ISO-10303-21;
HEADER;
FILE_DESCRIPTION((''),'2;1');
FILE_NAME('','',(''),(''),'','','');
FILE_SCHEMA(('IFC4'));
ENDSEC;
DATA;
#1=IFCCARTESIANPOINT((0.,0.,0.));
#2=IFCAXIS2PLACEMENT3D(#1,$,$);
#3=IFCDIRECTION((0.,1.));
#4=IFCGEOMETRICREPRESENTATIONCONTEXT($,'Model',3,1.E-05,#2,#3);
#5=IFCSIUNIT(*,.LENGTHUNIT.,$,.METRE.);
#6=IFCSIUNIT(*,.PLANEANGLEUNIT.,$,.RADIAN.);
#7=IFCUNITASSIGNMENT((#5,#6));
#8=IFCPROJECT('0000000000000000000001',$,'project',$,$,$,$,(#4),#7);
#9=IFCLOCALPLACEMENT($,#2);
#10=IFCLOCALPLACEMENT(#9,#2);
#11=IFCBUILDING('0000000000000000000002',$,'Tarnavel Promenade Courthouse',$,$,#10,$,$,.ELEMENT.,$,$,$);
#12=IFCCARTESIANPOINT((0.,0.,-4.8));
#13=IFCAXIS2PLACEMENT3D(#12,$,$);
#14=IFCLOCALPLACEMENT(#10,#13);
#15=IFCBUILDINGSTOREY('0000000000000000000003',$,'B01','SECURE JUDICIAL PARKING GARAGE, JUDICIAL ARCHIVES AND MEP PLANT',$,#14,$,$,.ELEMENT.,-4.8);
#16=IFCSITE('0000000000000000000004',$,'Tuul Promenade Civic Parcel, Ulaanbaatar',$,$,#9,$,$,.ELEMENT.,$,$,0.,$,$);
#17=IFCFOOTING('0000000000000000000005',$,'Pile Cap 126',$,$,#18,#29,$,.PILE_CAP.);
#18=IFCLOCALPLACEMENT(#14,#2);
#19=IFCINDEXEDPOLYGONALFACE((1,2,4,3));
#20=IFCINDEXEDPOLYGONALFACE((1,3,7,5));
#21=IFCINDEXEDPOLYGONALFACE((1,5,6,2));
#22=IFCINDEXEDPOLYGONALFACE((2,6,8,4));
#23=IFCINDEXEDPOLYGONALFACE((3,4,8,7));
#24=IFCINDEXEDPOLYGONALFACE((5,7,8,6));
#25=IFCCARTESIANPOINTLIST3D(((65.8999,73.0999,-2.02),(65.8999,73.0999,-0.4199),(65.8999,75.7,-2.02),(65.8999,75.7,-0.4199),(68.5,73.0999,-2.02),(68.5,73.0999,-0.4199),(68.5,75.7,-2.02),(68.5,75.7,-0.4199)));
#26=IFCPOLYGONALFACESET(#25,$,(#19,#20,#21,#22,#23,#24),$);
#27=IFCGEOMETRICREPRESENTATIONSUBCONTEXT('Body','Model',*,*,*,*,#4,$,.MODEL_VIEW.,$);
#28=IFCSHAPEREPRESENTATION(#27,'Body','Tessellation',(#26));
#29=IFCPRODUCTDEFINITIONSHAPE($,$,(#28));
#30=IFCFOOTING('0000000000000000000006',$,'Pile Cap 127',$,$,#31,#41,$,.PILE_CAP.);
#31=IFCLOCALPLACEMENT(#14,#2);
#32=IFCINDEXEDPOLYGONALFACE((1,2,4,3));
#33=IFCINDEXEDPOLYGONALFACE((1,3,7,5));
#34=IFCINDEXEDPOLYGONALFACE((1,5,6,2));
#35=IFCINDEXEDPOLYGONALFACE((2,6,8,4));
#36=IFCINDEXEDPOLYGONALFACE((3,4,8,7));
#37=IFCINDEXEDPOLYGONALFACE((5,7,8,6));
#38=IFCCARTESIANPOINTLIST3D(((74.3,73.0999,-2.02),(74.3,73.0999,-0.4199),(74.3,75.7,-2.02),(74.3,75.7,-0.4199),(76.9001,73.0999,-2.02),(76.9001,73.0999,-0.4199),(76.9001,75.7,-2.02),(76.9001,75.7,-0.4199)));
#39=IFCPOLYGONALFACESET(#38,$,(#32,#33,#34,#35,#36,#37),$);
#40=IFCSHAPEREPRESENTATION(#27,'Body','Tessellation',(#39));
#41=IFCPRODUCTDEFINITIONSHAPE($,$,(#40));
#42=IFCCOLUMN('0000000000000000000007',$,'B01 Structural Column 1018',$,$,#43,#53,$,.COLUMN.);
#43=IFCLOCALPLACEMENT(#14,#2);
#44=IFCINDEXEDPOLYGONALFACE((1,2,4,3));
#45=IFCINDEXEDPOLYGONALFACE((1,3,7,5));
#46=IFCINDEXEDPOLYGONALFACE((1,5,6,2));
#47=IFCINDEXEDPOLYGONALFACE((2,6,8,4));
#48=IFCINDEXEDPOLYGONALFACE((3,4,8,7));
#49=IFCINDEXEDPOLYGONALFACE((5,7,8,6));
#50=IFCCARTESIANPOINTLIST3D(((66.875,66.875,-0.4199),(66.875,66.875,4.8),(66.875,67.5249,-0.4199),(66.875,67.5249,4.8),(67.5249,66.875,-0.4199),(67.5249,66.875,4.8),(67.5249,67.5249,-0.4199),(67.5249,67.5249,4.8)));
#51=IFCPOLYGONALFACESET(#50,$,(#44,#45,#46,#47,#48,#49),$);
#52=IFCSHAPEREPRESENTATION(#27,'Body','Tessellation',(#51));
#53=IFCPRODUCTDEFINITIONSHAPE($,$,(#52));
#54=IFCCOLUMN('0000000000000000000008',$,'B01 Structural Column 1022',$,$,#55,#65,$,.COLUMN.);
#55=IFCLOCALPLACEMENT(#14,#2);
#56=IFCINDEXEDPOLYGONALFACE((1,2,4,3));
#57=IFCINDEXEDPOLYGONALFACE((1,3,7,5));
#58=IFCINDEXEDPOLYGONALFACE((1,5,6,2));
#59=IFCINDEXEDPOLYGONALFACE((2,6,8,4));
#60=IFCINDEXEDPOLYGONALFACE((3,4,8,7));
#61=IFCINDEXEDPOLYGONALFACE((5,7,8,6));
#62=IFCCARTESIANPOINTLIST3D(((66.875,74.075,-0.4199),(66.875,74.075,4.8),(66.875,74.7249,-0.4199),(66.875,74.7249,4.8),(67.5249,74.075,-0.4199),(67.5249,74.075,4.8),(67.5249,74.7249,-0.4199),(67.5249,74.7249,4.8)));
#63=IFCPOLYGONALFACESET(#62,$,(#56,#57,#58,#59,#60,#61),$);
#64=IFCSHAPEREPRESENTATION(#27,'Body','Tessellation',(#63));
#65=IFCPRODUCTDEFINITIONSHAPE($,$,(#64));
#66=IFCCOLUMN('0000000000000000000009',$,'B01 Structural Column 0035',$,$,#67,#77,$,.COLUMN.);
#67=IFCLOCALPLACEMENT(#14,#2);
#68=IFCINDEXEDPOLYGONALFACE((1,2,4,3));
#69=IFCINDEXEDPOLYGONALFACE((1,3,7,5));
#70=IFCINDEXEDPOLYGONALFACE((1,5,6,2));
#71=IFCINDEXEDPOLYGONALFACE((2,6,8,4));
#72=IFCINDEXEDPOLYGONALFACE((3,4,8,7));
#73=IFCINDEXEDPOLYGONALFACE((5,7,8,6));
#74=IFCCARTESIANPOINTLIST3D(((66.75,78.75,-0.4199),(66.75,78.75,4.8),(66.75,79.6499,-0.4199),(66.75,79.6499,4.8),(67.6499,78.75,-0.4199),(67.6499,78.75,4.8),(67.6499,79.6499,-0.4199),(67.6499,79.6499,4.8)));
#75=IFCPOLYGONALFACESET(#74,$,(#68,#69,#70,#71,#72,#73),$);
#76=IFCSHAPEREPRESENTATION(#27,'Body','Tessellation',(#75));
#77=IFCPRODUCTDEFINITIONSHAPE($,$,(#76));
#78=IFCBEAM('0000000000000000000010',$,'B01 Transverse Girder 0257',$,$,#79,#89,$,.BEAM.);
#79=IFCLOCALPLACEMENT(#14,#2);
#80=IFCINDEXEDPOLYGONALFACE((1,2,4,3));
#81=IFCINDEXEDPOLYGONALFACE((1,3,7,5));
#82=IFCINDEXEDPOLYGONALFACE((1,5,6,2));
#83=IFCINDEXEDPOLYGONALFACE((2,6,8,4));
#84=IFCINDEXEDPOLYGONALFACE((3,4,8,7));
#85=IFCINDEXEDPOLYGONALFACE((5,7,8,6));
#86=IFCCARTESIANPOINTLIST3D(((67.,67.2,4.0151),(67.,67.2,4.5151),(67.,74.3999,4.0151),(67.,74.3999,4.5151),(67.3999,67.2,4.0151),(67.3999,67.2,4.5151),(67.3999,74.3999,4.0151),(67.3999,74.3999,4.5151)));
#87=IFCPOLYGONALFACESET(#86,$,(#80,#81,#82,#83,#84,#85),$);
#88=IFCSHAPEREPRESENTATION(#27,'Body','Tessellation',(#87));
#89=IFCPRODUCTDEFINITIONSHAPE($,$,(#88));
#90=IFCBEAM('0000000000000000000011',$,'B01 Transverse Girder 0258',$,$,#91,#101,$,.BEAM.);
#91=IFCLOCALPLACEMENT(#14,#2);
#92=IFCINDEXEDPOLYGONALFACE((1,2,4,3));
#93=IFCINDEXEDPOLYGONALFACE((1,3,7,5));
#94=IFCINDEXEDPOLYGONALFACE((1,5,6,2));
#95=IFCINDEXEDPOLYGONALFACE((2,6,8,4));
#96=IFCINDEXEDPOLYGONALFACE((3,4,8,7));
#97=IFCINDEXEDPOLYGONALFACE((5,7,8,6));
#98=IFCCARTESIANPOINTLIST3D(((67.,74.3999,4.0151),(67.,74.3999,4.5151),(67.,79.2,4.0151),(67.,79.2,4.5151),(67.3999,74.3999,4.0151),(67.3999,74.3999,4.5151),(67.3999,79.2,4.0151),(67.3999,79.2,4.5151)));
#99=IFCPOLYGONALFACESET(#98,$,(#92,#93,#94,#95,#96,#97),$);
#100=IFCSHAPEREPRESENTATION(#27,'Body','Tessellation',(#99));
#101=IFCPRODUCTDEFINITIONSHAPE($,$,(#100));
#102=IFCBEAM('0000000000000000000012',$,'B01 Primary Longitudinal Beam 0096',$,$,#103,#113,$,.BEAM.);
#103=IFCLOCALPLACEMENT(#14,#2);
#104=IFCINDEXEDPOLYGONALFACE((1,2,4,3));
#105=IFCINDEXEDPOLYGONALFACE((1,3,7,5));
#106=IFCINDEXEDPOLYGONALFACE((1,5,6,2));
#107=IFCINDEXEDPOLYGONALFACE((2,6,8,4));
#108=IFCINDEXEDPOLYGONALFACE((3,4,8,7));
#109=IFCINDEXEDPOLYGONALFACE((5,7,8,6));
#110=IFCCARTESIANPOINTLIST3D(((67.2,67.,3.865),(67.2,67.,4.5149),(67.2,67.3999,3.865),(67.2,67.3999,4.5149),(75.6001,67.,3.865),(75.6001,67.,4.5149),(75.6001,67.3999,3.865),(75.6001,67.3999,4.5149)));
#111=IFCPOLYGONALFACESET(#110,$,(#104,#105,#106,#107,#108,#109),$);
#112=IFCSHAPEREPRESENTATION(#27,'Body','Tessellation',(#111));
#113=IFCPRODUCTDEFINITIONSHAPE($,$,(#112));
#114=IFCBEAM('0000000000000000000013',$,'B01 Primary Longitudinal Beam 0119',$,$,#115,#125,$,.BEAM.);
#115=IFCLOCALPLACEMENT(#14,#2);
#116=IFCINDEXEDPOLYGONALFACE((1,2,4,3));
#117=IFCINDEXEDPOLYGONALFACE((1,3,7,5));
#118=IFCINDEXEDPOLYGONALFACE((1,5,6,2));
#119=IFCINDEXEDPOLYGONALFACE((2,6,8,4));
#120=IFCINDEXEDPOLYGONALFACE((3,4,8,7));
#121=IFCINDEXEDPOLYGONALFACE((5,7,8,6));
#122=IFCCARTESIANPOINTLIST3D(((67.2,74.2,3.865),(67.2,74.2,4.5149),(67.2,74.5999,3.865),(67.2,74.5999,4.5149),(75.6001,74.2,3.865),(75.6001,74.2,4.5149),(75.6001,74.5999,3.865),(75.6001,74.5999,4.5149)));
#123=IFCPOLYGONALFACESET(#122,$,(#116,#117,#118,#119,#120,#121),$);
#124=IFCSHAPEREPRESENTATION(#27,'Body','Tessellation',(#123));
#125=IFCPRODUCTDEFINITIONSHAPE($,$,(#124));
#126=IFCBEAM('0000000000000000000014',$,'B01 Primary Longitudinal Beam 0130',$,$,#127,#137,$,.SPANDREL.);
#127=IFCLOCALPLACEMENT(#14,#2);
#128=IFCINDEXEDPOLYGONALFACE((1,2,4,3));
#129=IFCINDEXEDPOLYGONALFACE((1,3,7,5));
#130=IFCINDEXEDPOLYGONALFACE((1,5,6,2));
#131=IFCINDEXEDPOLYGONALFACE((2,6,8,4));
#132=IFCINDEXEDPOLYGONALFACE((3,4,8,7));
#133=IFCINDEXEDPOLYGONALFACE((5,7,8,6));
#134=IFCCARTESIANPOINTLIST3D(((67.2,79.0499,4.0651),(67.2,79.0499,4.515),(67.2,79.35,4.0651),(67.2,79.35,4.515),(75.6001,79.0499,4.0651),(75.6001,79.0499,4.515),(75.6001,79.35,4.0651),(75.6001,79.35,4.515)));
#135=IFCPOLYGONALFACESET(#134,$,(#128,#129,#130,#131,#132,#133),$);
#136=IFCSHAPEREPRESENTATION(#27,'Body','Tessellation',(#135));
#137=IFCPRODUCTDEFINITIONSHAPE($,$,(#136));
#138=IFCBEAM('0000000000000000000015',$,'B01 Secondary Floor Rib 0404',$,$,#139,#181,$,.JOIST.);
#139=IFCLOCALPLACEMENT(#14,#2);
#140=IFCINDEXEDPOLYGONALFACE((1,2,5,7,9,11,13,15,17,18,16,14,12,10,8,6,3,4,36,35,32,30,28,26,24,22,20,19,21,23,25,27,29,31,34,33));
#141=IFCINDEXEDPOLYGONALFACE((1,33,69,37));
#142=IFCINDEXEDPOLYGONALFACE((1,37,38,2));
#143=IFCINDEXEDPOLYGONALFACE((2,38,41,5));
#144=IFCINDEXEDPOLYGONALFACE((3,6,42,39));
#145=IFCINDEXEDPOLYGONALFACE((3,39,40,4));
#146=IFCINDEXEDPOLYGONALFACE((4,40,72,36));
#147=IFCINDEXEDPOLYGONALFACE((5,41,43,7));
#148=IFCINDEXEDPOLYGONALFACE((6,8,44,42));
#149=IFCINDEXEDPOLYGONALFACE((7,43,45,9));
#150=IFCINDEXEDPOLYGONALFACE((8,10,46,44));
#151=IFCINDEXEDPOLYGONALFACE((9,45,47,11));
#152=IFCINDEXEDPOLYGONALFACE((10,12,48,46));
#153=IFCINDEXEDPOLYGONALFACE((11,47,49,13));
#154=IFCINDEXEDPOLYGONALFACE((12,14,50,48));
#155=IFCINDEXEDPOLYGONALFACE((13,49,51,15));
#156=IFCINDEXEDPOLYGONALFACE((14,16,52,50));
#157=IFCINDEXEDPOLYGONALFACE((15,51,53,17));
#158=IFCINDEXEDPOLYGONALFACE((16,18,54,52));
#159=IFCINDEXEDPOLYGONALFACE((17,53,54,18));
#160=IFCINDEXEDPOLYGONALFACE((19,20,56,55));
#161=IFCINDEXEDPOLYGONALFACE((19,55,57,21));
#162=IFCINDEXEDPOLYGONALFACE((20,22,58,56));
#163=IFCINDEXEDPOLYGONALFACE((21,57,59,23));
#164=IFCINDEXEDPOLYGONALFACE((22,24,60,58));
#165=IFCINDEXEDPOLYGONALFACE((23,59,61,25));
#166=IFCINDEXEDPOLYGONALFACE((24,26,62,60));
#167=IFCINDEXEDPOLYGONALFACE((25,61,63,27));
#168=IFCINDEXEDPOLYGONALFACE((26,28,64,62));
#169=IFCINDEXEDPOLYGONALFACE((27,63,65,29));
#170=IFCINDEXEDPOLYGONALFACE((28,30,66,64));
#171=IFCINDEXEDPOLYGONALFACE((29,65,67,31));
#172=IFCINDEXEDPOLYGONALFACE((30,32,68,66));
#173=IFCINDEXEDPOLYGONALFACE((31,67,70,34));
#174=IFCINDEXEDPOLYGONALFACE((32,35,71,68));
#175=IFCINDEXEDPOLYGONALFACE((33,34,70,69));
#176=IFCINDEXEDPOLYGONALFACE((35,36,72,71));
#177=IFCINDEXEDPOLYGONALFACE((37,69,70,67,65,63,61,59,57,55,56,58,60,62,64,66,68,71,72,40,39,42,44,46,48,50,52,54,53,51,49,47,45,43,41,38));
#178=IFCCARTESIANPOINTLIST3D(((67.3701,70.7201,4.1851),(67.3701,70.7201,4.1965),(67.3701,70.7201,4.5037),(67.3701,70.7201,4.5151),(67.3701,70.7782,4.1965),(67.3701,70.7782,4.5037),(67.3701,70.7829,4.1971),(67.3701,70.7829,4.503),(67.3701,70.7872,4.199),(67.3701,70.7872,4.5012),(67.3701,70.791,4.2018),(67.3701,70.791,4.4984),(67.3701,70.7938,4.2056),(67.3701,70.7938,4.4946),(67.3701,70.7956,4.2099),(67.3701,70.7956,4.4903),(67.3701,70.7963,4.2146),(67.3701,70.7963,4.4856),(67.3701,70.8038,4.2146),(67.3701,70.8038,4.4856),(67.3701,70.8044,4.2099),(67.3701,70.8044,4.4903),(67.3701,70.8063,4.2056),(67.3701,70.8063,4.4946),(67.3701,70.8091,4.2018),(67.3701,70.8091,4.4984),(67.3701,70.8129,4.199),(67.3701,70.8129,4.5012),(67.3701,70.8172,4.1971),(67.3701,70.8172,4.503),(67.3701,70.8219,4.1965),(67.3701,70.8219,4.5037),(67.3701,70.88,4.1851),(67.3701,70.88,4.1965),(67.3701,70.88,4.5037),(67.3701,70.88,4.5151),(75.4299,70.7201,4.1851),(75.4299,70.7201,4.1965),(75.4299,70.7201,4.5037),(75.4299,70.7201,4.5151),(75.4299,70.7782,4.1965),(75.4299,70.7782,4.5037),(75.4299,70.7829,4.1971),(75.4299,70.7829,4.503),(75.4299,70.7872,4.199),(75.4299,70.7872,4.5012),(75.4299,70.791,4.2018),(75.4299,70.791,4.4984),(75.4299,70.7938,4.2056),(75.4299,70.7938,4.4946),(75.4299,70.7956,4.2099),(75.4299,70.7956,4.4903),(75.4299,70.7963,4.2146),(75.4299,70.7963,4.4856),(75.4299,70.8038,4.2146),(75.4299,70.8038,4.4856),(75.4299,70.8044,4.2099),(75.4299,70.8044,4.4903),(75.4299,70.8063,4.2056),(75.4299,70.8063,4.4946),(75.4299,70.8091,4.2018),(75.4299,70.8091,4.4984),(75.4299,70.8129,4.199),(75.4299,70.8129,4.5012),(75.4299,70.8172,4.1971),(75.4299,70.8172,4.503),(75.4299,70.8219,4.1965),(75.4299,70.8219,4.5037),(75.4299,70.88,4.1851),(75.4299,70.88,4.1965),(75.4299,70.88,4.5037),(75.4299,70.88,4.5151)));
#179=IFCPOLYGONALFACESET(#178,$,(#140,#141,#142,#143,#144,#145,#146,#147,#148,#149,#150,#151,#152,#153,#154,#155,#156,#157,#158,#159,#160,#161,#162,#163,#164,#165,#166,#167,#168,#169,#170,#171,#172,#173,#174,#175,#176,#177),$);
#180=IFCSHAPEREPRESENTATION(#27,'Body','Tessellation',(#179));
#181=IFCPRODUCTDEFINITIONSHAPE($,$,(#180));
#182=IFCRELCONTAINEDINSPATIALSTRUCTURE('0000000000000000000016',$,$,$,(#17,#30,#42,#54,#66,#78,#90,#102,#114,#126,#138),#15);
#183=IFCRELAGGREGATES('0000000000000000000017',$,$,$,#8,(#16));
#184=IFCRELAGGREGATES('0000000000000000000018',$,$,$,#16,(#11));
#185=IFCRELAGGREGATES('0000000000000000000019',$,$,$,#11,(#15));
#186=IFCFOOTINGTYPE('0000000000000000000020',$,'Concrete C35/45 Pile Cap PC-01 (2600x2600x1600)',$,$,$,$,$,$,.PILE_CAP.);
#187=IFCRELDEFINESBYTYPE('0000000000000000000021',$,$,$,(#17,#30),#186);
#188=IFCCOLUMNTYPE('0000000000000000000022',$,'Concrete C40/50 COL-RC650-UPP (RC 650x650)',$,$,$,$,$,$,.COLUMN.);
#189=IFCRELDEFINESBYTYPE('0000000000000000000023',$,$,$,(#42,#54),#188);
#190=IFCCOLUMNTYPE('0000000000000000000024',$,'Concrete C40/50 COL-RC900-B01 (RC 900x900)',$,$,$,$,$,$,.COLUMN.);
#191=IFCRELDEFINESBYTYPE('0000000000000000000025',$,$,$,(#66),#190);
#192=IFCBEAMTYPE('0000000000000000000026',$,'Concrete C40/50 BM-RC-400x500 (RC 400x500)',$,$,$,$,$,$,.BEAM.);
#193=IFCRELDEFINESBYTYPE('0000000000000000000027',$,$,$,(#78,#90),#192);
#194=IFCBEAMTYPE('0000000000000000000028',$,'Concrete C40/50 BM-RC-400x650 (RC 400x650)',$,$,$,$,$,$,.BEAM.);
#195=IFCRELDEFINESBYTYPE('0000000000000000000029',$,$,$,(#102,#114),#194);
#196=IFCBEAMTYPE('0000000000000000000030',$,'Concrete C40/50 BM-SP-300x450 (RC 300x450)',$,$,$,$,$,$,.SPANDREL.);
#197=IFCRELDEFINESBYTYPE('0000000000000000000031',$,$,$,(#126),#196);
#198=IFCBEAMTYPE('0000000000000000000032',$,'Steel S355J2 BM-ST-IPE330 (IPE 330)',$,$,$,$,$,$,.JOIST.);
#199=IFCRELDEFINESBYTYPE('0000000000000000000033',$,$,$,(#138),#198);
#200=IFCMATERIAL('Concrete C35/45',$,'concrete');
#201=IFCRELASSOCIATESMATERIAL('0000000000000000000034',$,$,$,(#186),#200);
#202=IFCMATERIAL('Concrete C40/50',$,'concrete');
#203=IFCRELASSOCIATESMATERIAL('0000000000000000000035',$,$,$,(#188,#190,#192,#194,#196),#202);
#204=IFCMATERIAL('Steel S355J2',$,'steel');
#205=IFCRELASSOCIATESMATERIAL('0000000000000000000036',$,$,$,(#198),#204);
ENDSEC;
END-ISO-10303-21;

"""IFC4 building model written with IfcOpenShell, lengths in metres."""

from ifc_helpers import new_model, si_unit, direction, frame, origin, origin_2d, place, context, subcontext, project, spatial, rectangle, i_section, extrude, material, material_profile, profile_set, type_object, element, save


model = new_model("IFC4")

# Units and contexts
model_context = context("Model", 3, precision=1e-05, world=origin(), true_north=direction((0.0, 1.0)))
body_context = subcontext(model_context, "Body", "Model", "MODEL_VIEW")
ifc_project = project(units=[si_unit("LENGTHUNIT", "METRE"), si_unit("PLANEANGLEUNIT", "RADIAN")], contexts=[model_context])

# Site, building, storey
site_placement = place(None, origin())
site = spatial("IfcSite", under=ifc_project, at=site_placement, Name="Tuul Promenade Civic Parcel, Ulaanbaatar", CompositionType="ELEMENT", RefElevation=0.0)
building_placement = place(site_placement, origin())
building = spatial("IfcBuilding", under=site, at=building_placement, Name="Tarnavel Promenade Courthouse", CompositionType="ELEMENT")
storey_placement = place(building_placement, frame((0.0, 0.0, -4.8)))
storey = spatial("IfcBuildingStorey", under=building, at=storey_placement, Name="B01", Description="SECURE JUDICIAL PARKING GARAGE, JUDICIAL ARCHIVES AND MEP PLANT", CompositionType="ELEMENT", Elevation=-4.8)

# Footings
ifc_material_1 = material(Name="Concrete C35/45", Category="concrete")
footing_type_1 = type_object("IfcFootingType", Name="Concrete C35/45 Pile Cap PC-01 (2600x2600x1600)", PredefinedType="PILE_CAP", material=ifc_material_1)
for number, where, z_axis, x_axis, name in (
    (1, (67.2, 74.3999, -2.02), (0.0, 0.0, 1.0), (1.0, 0.0, 0.0), "Pile Cap 126"),
    (2, (75.6001, 74.3999, -2.02), (0.0, 0.0, 1.0), (1.0, 0.0, 0.0), "Pile Cap 127"),
):
    element("IfcFooting", number, at=place(storey_placement, frame(where, z_axis=z_axis, x_axis=x_axis)), inside=storey, type_object=footing_type_1, Name=name, PredefinedType="PILE_CAP", context=body_context, shape_type="SweptSolid", body=[
        extrude(rectangle(XDim=2.6001, YDim=2.6001, at=origin_2d()), origin(), (0.0, 0.0, 1.0), 1.6001),
    ])

# Columns
ifc_material_2 = material(Name="Concrete C40/50", Category="concrete")
ifc_material_profile_1 = material_profile(ifc_material_2, rectangle(XDim=0.6499, YDim=0.6499, at=origin_2d()), Name="RC 650x650")
ifc_profile_set_1 = profile_set([ifc_material_profile_1], Name="Concrete C40/50")
column_type_1 = type_object("IfcColumnType", Name="Concrete C40/50 COL-RC650-UPP (RC 650x650)", PredefinedType="COLUMN", material=ifc_profile_set_1)
for number, where, z_axis, x_axis, name in (
    (3, (67.2, 67.2, -0.4199), (0.0, 0.0, 1.0), (1.0, 0.0, 0.0), "B01 Structural Column 1018"),
    (4, (67.2, 74.3999, -0.4199), (0.0, 0.0, 1.0), (1.0, 0.0, 0.0), "B01 Structural Column 1022"),
):
    element("IfcColumn", number, at=place(storey_placement, frame(where, z_axis=z_axis, x_axis=x_axis)), inside=storey, type_object=column_type_1, Name=name, PredefinedType="COLUMN", context=body_context, shape_type="SweptSolid", body=[
        extrude(rectangle(XDim=0.6499, YDim=0.6499, at=origin_2d()), origin(), (0.0, 0.0, 1.0), 5.22),
    ])
ifc_material_profile_2 = material_profile(ifc_material_2, rectangle(XDim=0.8999, YDim=0.8999, at=origin_2d()), Name="RC 900x900")
ifc_profile_set_2 = profile_set([ifc_material_profile_2], Name="Concrete C40/50")
column_type_2 = type_object("IfcColumnType", Name="Concrete C40/50 COL-RC900-B01 (RC 900x900)", PredefinedType="COLUMN", material=ifc_profile_set_2)
column_placement = place(storey_placement, frame((67.2, 79.2, -0.4199), z_axis=(0.0, 0.0, 1.0), x_axis=(1.0, 0.0, 0.0)))
element("IfcColumn", 5, at=column_placement, inside=storey, type_object=column_type_2, Name="B01 Structural Column 0035", PredefinedType="COLUMN", context=body_context, shape_type="SweptSolid", body=[
    extrude(rectangle(XDim=0.8999, YDim=0.8999, at=origin_2d()), origin(), (0.0, 0.0, 1.0), 5.22),
])

# Beams
ifc_material_profile_3 = material_profile(ifc_material_2, rectangle(XDim=0.3999, YDim=0.5, at=origin_2d()), Name="RC 400x500")
ifc_profile_set_3 = profile_set([ifc_material_profile_3], Name="Concrete C40/50")
beam_type_1 = type_object("IfcBeamType", Name="Concrete C40/50 BM-RC-400x500 (RC 400x500)", PredefinedType="BEAM", material=ifc_profile_set_3)
beam_1_placement = place(storey_placement, frame((67.2, 67.2, 4.2651), z_axis=(0.0, 1.0, 0.0), x_axis=(-1.0, 0.0, 0.0)))
element("IfcBeam", 6, at=beam_1_placement, inside=storey, type_object=beam_type_1, Name="B01 Transverse Girder 0257", PredefinedType="BEAM", context=body_context, shape_type="SweptSolid", body=[
    extrude(rectangle(XDim=0.3999, YDim=0.5, at=origin_2d()), origin(), (0.0, 0.0, 1.0), 7.2),
])
beam_2_placement = place(storey_placement, frame((67.2, 74.3999, 4.2651), z_axis=(0.0, 1.0, 0.0), x_axis=(-1.0, 0.0, 0.0)))
element("IfcBeam", 7, at=beam_2_placement, inside=storey, type_object=beam_type_1, Name="B01 Transverse Girder 0258", PredefinedType="BEAM", context=body_context, shape_type="SweptSolid", body=[
    extrude(rectangle(XDim=0.3999, YDim=0.5, at=origin_2d()), origin(), (0.0, 0.0, 1.0), 4.8),
])
ifc_material_profile_4 = material_profile(ifc_material_2, rectangle(XDim=0.3999, YDim=0.6499, at=origin_2d()), Name="RC 400x650")
ifc_profile_set_4 = profile_set([ifc_material_profile_4], Name="Concrete C40/50")
beam_type_2 = type_object("IfcBeamType", Name="Concrete C40/50 BM-RC-400x650 (RC 400x650)", PredefinedType="BEAM", material=ifc_profile_set_4)
for number, where, z_axis, x_axis, name in (
    (8, (67.2, 67.2, 4.1899), (1.0, 0.0, 0.0), (0.0, 1.0, 0.0), "B01 Primary Longitudinal Beam 0096"),
    (9, (67.2, 74.3999, 4.1899), (1.0, 0.0, 0.0), (0.0, 1.0, 0.0), "B01 Primary Longitudinal Beam 0119"),
):
    element("IfcBeam", number, at=place(storey_placement, frame(where, z_axis=z_axis, x_axis=x_axis)), inside=storey, type_object=beam_type_2, Name=name, PredefinedType="BEAM", context=body_context, shape_type="SweptSolid", body=[
        extrude(rectangle(XDim=0.3999, YDim=0.6499, at=origin_2d()), origin(), (0.0, 0.0, 1.0), 8.4001),
    ])
ifc_material_profile_5 = material_profile(ifc_material_2, rectangle(XDim=0.3, YDim=0.45, at=origin_2d()), Name="RC 300x450")
ifc_profile_set_5 = profile_set([ifc_material_profile_5], Name="Concrete C40/50")
beam_type_3 = type_object("IfcBeamType", Name="Concrete C40/50 BM-SP-300x450 (RC 300x450)", PredefinedType="SPANDREL", material=ifc_profile_set_5)
beam_3_placement = place(storey_placement, frame((67.2, 79.2, 4.29), z_axis=(1.0, 0.0, 0.0), x_axis=(0.0, 1.0, 0.0)))
element("IfcBeam", 10, at=beam_3_placement, inside=storey, type_object=beam_type_3, Name="B01 Primary Longitudinal Beam 0130", PredefinedType="SPANDREL", context=body_context, shape_type="SweptSolid", body=[
    extrude(rectangle(XDim=0.3, YDim=0.45, at=origin_2d()), origin(), (0.0, 0.0, 1.0), 8.4001),
])
ifc_material_3 = material(Name="Steel S355J2", Category="steel")
ifc_material_profile_6 = material_profile(ifc_material_3, i_section(OverallWidth=0.1599, OverallDepth=0.3301, WebThickness=0.0076, FlangeThickness=0.0115, FilletRadius=0.0181, at=origin_2d()), Name="IPE 330")
ifc_profile_set_6 = profile_set([ifc_material_profile_6], Name="Steel S355J2")
beam_type_4 = type_object("IfcBeamType", Name="Steel S355J2 BM-ST-IPE330 (IPE 330)", PredefinedType="JOIST", material=ifc_profile_set_6)
beam_4_placement = place(storey_placement, frame((67.3701, 70.8, 4.3501), z_axis=(1.0, 0.0, 0.0), x_axis=(0.0, 1.0, 0.0)))
element("IfcBeam", 11, at=beam_4_placement, inside=storey, type_object=beam_type_4, Name="B01 Secondary Floor Rib 0404", PredefinedType="JOIST", context=body_context, shape_type="SweptSolid", body=[
    extrude(i_section(OverallWidth=0.1599, OverallDepth=0.3301, WebThickness=0.0076, FlangeThickness=0.0115, FilletRadius=0.0181, at=origin_2d()), origin(), (0.0, 0.0, 1.0), 8.0598),
])

save(model, "model.ifc")
